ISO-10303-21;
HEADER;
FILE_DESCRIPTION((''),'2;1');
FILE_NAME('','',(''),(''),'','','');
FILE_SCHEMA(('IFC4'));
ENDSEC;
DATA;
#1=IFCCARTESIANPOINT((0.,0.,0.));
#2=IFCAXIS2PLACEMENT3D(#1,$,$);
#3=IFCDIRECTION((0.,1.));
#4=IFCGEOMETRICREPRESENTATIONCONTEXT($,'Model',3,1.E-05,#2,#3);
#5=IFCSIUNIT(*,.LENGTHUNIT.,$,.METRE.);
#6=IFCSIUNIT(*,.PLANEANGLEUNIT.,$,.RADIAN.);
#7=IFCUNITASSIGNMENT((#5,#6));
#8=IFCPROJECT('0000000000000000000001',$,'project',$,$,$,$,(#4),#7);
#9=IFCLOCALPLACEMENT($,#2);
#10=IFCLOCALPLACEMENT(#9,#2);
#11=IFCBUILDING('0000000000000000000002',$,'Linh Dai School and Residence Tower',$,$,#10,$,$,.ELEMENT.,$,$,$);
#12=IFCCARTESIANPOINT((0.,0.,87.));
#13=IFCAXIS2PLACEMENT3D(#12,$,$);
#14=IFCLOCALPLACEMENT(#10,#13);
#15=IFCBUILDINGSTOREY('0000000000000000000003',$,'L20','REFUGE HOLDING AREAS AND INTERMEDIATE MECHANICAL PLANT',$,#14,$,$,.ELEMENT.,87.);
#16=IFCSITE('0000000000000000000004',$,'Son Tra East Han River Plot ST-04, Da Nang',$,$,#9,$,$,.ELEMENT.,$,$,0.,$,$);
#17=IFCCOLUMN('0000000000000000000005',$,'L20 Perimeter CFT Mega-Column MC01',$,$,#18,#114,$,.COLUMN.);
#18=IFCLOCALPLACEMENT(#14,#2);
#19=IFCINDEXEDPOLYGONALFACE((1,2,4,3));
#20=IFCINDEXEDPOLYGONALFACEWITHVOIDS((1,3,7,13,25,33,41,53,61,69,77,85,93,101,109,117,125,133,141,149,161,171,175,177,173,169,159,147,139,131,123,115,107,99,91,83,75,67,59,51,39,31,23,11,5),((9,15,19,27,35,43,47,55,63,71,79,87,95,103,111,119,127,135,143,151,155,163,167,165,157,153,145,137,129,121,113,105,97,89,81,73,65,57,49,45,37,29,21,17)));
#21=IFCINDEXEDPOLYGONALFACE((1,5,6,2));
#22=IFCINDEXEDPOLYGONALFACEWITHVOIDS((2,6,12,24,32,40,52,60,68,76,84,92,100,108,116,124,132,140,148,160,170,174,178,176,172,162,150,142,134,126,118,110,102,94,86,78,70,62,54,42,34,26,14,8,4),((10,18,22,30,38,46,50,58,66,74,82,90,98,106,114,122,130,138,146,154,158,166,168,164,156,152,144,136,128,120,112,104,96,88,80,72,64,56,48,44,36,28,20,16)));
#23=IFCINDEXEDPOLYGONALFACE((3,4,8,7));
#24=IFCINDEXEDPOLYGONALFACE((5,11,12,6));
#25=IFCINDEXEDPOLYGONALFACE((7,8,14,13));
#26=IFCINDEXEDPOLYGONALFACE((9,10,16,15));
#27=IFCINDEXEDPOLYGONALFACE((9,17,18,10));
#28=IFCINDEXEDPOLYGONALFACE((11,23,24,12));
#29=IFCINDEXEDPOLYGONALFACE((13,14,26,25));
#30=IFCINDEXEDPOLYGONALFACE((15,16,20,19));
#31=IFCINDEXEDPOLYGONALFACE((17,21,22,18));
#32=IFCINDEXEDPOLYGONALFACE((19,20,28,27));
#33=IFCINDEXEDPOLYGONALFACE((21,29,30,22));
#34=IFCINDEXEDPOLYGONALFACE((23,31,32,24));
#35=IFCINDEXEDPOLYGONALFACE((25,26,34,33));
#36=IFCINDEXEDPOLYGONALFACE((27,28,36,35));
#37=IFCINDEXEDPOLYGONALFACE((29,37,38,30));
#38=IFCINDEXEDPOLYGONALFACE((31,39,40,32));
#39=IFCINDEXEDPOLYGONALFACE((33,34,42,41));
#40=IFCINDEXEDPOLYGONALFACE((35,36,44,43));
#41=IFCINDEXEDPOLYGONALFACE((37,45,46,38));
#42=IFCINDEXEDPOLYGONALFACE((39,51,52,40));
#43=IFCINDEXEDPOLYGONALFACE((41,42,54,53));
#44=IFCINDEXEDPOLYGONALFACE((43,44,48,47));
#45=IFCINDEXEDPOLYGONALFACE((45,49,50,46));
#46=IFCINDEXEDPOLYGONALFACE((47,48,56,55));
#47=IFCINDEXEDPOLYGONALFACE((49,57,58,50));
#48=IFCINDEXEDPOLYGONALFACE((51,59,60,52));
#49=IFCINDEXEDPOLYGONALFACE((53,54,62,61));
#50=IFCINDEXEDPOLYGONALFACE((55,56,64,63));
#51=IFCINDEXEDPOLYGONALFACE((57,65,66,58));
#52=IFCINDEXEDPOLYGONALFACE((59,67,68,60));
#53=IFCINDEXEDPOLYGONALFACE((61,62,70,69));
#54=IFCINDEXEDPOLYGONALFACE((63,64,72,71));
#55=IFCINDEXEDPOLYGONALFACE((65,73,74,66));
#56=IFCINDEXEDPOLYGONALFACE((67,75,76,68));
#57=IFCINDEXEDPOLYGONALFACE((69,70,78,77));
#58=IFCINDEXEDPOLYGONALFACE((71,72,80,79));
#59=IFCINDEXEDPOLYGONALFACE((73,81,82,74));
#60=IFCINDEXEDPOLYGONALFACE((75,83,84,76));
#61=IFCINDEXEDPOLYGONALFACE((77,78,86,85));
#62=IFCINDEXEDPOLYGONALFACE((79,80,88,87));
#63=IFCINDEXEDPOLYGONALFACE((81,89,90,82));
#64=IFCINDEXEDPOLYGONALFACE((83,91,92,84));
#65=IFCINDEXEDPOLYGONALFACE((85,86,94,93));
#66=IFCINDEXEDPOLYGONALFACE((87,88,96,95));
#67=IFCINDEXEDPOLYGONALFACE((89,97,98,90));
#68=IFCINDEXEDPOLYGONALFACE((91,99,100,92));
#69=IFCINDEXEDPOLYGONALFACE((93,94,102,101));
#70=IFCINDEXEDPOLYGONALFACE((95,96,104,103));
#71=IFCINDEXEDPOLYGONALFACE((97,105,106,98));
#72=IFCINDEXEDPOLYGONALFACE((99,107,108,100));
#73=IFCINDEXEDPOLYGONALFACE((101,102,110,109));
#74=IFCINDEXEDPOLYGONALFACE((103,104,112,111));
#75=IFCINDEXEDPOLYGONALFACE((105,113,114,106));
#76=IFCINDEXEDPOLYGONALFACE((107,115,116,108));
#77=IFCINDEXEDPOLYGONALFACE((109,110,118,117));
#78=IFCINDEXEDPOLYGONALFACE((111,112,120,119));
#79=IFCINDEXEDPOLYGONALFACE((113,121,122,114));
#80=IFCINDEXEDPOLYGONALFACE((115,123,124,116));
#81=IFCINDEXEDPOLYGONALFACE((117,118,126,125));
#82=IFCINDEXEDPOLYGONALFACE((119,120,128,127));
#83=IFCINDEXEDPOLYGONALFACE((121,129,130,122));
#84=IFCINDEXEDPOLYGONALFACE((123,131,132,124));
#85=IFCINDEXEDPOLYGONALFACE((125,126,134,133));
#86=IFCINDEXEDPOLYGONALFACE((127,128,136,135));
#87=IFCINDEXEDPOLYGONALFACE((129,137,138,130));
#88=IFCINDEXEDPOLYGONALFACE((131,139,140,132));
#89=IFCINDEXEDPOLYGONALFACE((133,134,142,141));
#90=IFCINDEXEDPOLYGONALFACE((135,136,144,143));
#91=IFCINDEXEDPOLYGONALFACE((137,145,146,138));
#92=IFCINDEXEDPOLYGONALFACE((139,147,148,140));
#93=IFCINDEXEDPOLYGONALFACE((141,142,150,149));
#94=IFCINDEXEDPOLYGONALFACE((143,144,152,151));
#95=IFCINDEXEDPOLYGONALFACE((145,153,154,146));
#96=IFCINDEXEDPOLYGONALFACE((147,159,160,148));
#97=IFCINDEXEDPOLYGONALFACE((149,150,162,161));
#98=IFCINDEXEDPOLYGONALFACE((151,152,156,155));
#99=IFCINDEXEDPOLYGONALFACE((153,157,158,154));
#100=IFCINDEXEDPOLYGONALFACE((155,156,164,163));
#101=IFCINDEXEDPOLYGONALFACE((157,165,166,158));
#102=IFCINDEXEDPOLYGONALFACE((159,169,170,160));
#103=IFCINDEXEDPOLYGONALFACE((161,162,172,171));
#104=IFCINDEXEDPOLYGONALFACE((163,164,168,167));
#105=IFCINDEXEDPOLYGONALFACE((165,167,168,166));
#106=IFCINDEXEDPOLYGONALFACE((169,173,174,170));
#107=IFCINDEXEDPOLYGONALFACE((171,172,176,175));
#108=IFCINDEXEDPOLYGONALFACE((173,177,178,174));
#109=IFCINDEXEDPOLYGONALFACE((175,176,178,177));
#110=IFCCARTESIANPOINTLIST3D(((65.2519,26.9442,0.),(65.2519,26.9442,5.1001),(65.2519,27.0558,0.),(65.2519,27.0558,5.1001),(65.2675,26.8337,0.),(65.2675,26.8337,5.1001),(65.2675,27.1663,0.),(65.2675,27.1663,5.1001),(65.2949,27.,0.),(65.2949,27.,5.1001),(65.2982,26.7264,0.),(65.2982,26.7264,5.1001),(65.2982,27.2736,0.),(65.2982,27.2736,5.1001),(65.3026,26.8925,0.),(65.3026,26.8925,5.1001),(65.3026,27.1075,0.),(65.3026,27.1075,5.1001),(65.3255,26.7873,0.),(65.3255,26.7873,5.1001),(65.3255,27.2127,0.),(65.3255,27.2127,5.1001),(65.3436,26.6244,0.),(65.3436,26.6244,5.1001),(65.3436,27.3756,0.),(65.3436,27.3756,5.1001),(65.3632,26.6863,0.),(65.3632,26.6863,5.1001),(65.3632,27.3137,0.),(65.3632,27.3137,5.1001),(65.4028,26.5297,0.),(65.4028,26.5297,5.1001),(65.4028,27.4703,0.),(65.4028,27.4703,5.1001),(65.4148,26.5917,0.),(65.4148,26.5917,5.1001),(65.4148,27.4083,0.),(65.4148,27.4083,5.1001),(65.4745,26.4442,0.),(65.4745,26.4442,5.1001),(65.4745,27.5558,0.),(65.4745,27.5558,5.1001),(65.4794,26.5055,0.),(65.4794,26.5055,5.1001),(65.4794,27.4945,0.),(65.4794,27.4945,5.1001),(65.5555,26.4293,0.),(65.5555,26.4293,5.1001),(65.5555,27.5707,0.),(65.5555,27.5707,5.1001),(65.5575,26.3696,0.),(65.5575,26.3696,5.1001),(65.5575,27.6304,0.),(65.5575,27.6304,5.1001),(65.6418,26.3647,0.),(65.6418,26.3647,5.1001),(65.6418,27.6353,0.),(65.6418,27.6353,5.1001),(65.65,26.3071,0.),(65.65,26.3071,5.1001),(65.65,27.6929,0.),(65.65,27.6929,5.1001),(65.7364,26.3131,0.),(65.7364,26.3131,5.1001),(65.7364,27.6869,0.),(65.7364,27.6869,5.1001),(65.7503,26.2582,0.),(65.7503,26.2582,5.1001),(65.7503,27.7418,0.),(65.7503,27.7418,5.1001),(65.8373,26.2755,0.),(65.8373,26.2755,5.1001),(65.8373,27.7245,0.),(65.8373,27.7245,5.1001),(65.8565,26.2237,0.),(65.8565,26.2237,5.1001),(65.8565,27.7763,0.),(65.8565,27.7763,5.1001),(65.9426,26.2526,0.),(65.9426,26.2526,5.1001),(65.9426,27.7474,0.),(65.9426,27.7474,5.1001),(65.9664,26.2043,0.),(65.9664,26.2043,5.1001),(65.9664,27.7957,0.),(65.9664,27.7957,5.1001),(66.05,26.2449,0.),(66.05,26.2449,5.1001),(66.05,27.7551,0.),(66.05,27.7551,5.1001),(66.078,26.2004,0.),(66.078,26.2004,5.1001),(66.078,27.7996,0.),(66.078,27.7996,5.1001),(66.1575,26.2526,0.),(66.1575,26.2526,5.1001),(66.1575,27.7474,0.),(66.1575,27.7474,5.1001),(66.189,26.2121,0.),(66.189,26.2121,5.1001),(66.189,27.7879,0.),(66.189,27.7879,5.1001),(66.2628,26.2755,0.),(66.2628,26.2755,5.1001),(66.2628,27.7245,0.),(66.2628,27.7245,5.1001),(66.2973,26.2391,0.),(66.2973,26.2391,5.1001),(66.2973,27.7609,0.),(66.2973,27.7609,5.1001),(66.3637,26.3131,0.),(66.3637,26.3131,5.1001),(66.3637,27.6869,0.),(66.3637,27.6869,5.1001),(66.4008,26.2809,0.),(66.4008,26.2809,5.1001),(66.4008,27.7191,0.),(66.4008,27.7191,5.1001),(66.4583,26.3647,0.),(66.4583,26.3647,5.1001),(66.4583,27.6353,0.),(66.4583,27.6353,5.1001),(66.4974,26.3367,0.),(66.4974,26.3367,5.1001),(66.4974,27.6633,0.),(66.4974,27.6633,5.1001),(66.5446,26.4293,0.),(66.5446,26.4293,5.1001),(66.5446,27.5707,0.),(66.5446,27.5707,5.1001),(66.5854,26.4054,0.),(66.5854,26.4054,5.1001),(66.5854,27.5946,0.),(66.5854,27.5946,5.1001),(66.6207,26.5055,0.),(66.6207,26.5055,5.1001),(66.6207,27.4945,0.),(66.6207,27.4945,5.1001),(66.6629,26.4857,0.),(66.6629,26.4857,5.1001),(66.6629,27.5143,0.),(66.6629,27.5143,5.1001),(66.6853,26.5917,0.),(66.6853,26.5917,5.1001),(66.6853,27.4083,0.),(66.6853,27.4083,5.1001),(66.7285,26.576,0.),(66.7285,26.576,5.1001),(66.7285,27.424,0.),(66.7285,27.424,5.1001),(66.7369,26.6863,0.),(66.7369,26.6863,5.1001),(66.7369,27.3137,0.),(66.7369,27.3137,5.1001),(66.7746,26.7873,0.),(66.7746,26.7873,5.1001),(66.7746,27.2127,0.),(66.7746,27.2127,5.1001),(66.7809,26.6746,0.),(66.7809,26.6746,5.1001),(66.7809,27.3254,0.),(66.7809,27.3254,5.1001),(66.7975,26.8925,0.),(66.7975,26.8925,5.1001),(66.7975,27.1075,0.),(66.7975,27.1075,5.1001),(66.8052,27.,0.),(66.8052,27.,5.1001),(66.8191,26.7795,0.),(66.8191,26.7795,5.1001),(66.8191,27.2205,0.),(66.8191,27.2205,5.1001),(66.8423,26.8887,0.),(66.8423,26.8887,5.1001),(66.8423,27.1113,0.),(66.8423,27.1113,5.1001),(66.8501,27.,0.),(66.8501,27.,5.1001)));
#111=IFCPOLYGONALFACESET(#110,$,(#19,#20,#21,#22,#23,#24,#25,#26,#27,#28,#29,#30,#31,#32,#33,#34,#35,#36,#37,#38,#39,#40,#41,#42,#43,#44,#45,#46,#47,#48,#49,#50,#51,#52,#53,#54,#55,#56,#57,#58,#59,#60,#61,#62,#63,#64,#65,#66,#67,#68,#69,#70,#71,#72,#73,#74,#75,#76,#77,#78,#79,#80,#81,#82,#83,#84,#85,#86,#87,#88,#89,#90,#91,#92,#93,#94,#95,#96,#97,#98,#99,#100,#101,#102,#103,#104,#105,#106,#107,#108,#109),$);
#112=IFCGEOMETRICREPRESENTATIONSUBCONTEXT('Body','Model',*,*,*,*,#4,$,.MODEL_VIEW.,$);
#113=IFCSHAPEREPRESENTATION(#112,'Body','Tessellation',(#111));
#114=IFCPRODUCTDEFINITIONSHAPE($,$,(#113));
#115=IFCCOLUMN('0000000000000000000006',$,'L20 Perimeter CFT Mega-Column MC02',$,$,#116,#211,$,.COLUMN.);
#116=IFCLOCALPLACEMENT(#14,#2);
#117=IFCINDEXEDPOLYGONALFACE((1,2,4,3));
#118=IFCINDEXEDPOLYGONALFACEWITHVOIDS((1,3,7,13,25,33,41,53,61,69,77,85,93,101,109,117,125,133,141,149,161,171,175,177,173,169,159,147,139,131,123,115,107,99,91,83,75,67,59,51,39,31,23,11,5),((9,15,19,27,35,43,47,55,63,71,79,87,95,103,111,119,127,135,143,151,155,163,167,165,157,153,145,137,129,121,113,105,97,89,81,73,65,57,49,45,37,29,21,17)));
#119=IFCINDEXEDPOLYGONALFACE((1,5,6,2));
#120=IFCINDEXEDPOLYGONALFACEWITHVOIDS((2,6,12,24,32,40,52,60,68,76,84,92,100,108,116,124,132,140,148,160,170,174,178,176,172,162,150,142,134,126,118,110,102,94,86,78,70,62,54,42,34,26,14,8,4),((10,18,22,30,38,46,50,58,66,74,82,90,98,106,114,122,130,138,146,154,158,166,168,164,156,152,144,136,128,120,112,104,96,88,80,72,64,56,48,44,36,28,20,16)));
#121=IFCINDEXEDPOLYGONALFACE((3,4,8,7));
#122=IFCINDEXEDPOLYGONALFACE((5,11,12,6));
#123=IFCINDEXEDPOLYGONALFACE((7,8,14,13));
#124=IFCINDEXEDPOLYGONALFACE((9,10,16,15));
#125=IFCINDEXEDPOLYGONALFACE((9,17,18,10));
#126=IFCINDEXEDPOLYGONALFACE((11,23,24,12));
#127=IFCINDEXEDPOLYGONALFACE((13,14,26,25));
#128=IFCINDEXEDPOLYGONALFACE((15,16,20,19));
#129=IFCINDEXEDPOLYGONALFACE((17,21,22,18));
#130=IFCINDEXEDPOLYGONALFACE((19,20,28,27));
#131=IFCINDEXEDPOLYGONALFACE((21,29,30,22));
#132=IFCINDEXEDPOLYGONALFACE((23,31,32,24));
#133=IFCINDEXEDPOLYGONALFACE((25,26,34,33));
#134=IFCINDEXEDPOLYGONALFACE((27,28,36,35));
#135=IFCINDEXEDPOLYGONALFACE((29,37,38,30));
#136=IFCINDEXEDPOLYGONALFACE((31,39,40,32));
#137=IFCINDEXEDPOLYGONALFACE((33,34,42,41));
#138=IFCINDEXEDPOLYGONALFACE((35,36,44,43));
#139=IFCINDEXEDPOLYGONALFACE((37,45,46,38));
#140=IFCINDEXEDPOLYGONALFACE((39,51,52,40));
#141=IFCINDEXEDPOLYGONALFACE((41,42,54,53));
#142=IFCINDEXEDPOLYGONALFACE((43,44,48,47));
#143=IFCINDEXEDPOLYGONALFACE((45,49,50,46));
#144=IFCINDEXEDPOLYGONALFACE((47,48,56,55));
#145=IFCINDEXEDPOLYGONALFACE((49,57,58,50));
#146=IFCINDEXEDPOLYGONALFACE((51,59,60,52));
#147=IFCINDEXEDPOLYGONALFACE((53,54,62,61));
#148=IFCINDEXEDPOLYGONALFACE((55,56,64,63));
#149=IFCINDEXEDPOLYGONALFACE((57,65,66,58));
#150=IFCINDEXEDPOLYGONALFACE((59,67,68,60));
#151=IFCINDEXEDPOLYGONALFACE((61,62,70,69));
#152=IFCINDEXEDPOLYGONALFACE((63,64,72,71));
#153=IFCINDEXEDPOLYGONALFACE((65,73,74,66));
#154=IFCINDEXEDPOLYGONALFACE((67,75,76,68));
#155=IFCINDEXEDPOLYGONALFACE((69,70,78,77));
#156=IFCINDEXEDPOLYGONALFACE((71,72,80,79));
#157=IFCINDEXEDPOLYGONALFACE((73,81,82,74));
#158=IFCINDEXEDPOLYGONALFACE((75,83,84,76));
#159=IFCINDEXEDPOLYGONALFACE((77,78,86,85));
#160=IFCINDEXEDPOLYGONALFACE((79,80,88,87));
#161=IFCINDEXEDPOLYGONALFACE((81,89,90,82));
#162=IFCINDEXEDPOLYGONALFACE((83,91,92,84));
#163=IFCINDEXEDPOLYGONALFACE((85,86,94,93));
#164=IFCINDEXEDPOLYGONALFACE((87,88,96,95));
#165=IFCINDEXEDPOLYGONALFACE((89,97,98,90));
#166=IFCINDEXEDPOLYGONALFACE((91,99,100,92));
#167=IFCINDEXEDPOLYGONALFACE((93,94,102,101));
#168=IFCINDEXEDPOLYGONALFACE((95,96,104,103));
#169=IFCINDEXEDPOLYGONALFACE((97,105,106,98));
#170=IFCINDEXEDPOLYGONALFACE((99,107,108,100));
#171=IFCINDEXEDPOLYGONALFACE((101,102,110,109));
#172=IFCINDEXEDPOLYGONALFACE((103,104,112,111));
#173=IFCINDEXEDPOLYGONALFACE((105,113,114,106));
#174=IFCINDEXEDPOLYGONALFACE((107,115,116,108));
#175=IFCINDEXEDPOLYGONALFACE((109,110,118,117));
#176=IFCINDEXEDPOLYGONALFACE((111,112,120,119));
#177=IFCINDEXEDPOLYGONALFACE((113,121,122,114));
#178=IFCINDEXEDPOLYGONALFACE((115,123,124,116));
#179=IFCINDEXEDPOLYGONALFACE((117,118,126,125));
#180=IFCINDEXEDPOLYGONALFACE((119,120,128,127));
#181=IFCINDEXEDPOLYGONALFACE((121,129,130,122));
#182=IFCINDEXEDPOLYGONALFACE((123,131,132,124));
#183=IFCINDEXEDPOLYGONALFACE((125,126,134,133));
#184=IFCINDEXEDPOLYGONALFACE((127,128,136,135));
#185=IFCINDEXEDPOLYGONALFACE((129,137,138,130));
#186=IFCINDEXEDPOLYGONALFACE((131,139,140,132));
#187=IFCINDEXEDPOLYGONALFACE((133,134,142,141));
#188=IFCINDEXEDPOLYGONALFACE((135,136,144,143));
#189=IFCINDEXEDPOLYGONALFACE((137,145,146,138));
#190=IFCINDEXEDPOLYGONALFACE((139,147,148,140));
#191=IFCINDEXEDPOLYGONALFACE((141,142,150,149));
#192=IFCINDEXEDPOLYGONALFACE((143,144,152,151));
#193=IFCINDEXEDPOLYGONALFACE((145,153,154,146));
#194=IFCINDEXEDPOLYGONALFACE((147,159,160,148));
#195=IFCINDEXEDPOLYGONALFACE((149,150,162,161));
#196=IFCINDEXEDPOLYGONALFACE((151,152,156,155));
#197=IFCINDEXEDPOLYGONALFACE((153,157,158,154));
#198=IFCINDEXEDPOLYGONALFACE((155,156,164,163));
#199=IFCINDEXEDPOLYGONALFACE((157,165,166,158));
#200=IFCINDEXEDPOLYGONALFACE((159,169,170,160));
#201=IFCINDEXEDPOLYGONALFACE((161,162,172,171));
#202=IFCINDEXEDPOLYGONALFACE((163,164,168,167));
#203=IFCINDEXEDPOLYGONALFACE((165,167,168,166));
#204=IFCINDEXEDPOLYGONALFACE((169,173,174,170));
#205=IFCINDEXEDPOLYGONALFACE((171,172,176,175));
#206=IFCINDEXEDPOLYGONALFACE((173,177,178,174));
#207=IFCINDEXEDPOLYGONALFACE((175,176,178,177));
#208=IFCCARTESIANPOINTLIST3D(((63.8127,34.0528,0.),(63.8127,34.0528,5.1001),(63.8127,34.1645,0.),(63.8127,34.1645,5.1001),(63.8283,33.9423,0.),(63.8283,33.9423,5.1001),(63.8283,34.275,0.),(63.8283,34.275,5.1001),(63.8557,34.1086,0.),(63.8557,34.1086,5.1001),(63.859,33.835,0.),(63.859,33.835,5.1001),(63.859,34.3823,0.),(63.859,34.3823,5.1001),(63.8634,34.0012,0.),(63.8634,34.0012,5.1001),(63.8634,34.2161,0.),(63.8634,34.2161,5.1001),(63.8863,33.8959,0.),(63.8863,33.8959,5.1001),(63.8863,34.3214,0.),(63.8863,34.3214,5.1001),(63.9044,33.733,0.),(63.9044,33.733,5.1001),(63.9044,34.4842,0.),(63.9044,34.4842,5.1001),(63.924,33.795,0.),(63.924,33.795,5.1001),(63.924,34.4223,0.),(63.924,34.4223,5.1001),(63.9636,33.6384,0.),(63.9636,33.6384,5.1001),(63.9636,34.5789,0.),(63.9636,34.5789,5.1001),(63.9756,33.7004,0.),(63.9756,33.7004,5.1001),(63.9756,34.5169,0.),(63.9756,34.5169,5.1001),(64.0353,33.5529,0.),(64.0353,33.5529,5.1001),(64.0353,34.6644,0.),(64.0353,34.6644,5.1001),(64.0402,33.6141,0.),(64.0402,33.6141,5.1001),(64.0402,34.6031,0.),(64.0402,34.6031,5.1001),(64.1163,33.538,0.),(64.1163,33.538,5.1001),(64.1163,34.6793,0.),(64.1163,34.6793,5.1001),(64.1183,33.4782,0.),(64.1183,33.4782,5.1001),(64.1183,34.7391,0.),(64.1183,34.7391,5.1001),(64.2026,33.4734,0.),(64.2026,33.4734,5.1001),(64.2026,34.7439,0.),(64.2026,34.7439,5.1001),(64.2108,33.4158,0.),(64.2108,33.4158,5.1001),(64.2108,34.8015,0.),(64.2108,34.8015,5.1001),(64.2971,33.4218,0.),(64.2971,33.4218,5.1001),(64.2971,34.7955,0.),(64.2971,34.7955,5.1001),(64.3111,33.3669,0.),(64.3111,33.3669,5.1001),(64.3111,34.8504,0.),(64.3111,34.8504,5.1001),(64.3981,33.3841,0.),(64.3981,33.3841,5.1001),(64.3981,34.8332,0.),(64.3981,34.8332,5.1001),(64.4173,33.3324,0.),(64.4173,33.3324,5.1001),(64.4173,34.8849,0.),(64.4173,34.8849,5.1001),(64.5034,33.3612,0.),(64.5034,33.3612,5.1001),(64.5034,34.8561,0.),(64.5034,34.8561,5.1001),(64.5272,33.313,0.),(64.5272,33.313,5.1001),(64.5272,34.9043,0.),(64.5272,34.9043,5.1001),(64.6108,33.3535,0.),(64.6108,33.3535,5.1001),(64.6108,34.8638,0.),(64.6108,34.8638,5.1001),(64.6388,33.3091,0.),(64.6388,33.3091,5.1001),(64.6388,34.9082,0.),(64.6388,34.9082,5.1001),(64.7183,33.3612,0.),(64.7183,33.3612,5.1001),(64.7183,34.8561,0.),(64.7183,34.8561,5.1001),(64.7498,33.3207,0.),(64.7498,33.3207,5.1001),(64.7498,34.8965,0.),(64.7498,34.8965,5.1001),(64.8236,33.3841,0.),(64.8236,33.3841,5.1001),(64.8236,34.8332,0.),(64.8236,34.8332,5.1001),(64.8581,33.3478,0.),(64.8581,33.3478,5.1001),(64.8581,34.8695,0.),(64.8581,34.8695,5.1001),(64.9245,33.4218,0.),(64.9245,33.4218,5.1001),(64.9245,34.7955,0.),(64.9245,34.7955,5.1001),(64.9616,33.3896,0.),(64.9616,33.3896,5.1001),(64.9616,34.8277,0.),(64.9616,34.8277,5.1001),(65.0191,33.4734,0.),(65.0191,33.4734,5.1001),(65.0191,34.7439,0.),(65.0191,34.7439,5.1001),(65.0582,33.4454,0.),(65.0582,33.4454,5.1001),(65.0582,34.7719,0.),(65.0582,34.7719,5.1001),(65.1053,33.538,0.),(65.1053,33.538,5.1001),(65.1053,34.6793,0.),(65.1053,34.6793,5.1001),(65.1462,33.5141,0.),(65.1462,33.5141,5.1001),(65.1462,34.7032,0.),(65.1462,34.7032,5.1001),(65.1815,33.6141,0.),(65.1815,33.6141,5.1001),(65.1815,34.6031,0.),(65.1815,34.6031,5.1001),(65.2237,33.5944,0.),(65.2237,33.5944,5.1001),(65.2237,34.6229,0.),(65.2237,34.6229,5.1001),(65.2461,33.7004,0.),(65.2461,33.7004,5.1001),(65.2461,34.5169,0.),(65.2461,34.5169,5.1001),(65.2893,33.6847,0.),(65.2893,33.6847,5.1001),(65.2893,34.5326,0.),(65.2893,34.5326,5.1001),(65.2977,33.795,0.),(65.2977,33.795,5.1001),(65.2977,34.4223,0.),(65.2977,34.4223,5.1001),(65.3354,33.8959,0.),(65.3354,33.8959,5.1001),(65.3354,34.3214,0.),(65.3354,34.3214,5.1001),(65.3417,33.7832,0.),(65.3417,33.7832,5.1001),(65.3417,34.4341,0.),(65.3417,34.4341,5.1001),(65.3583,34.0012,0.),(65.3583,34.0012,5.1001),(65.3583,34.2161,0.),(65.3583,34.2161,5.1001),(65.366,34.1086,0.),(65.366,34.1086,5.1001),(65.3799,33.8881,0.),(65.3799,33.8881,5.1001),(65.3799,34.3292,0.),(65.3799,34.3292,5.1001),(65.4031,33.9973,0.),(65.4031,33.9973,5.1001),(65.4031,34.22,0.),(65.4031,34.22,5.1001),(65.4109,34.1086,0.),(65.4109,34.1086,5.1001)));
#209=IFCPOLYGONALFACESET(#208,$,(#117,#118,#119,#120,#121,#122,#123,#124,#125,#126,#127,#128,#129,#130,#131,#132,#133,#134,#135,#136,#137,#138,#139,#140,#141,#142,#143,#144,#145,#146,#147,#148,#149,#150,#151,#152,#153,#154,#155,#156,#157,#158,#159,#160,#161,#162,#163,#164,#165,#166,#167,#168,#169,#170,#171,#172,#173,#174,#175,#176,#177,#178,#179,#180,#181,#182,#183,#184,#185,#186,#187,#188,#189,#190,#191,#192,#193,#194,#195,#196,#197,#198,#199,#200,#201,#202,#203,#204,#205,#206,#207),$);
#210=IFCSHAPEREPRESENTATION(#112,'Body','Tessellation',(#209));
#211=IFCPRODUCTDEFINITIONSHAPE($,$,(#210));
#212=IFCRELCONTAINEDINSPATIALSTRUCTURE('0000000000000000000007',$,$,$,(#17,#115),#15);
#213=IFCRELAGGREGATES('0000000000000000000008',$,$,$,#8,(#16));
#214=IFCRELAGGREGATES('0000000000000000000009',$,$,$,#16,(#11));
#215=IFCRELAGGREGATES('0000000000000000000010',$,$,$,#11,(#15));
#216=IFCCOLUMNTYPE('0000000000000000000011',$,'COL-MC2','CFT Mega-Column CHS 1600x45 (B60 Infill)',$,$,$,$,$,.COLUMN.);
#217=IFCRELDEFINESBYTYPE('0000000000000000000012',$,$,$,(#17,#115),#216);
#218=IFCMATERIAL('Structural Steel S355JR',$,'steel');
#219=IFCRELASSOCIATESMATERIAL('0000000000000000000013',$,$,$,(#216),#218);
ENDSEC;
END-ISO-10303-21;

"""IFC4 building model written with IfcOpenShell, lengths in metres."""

from ifc_helpers import new_model, si_unit, direction, frame, origin, origin_2d, place, context, subcontext, project, spatial, hollow_circle, extrude, material, material_profile, profile_set, type_object, element, save


model = new_model("IFC4")

# Units and contexts
model_context = context("Model", 3, precision=1e-05, world=origin(), true_north=direction((0.0, 1.0)))
body_context = subcontext(model_context, "Body", "Model", "MODEL_VIEW")
ifc_project = project(units=[si_unit("LENGTHUNIT", "METRE"), si_unit("PLANEANGLEUNIT", "RADIAN")], contexts=[model_context])

# Site, building, storey
site_placement = place(None, origin())
site = spatial("IfcSite", under=ifc_project, at=site_placement, Name="Son Tra East Han River Plot ST-04, Da Nang", CompositionType="ELEMENT", RefElevation=0.0)
building_placement = place(site_placement, origin())
building = spatial("IfcBuilding", under=site, at=building_placement, Name="Linh Dai School and Residence Tower", CompositionType="ELEMENT")
storey_placement = place(building_placement, frame((0.0, 0.0, 87.0)))
storey = spatial("IfcBuildingStorey", under=building, at=storey_placement, Name="L20", Description="REFUGE HOLDING AREAS AND INTERMEDIATE MECHANICAL PLANT", CompositionType="ELEMENT", Elevation=87.0)

# Columns
ifc_material_1 = material(Name="Structural Steel S355JR", Category="steel")
ifc_material_profile_1 = material_profile(ifc_material_1, hollow_circle(Radius=0.8, WallThickness=0.0449, at=origin_2d()), Name="CHS 1600x45")
ifc_profile_set_1 = profile_set([ifc_material_profile_1], Name="Structural Steel S355JR")
column_type = type_object("IfcColumnType", Name="COL-MC2", Description="CFT Mega-Column CHS 1600x45 (B60 Infill)", PredefinedType="COLUMN", material=ifc_profile_set_1)
for number, where, z_axis, x_axis, name in (
    (1, (66.05, 27.0, 0.0), (0.0, 0.0, 1.0), (1.0, 0.0, 0.0), "L20 Perimeter CFT Mega-Column MC01"),
    (2, (64.6108, 34.1086, 0.0), (0.0, 0.0, 1.0), (1.0, 0.0, 0.0), "L20 Perimeter CFT Mega-Column MC02"),
):
    element("IfcColumn", number, at=place(storey_placement, frame(where, z_axis=z_axis, x_axis=x_axis)), inside=storey, type_object=column_type, Name=name, PredefinedType="COLUMN", context=body_context, shape_type="SweptSolid", body=[
        extrude(hollow_circle(Radius=0.8, WallThickness=0.0449, at=origin_2d()), origin(), (0.0, 0.0, 1.0), 5.1001),
    ])

save(model, "model.ifc")
